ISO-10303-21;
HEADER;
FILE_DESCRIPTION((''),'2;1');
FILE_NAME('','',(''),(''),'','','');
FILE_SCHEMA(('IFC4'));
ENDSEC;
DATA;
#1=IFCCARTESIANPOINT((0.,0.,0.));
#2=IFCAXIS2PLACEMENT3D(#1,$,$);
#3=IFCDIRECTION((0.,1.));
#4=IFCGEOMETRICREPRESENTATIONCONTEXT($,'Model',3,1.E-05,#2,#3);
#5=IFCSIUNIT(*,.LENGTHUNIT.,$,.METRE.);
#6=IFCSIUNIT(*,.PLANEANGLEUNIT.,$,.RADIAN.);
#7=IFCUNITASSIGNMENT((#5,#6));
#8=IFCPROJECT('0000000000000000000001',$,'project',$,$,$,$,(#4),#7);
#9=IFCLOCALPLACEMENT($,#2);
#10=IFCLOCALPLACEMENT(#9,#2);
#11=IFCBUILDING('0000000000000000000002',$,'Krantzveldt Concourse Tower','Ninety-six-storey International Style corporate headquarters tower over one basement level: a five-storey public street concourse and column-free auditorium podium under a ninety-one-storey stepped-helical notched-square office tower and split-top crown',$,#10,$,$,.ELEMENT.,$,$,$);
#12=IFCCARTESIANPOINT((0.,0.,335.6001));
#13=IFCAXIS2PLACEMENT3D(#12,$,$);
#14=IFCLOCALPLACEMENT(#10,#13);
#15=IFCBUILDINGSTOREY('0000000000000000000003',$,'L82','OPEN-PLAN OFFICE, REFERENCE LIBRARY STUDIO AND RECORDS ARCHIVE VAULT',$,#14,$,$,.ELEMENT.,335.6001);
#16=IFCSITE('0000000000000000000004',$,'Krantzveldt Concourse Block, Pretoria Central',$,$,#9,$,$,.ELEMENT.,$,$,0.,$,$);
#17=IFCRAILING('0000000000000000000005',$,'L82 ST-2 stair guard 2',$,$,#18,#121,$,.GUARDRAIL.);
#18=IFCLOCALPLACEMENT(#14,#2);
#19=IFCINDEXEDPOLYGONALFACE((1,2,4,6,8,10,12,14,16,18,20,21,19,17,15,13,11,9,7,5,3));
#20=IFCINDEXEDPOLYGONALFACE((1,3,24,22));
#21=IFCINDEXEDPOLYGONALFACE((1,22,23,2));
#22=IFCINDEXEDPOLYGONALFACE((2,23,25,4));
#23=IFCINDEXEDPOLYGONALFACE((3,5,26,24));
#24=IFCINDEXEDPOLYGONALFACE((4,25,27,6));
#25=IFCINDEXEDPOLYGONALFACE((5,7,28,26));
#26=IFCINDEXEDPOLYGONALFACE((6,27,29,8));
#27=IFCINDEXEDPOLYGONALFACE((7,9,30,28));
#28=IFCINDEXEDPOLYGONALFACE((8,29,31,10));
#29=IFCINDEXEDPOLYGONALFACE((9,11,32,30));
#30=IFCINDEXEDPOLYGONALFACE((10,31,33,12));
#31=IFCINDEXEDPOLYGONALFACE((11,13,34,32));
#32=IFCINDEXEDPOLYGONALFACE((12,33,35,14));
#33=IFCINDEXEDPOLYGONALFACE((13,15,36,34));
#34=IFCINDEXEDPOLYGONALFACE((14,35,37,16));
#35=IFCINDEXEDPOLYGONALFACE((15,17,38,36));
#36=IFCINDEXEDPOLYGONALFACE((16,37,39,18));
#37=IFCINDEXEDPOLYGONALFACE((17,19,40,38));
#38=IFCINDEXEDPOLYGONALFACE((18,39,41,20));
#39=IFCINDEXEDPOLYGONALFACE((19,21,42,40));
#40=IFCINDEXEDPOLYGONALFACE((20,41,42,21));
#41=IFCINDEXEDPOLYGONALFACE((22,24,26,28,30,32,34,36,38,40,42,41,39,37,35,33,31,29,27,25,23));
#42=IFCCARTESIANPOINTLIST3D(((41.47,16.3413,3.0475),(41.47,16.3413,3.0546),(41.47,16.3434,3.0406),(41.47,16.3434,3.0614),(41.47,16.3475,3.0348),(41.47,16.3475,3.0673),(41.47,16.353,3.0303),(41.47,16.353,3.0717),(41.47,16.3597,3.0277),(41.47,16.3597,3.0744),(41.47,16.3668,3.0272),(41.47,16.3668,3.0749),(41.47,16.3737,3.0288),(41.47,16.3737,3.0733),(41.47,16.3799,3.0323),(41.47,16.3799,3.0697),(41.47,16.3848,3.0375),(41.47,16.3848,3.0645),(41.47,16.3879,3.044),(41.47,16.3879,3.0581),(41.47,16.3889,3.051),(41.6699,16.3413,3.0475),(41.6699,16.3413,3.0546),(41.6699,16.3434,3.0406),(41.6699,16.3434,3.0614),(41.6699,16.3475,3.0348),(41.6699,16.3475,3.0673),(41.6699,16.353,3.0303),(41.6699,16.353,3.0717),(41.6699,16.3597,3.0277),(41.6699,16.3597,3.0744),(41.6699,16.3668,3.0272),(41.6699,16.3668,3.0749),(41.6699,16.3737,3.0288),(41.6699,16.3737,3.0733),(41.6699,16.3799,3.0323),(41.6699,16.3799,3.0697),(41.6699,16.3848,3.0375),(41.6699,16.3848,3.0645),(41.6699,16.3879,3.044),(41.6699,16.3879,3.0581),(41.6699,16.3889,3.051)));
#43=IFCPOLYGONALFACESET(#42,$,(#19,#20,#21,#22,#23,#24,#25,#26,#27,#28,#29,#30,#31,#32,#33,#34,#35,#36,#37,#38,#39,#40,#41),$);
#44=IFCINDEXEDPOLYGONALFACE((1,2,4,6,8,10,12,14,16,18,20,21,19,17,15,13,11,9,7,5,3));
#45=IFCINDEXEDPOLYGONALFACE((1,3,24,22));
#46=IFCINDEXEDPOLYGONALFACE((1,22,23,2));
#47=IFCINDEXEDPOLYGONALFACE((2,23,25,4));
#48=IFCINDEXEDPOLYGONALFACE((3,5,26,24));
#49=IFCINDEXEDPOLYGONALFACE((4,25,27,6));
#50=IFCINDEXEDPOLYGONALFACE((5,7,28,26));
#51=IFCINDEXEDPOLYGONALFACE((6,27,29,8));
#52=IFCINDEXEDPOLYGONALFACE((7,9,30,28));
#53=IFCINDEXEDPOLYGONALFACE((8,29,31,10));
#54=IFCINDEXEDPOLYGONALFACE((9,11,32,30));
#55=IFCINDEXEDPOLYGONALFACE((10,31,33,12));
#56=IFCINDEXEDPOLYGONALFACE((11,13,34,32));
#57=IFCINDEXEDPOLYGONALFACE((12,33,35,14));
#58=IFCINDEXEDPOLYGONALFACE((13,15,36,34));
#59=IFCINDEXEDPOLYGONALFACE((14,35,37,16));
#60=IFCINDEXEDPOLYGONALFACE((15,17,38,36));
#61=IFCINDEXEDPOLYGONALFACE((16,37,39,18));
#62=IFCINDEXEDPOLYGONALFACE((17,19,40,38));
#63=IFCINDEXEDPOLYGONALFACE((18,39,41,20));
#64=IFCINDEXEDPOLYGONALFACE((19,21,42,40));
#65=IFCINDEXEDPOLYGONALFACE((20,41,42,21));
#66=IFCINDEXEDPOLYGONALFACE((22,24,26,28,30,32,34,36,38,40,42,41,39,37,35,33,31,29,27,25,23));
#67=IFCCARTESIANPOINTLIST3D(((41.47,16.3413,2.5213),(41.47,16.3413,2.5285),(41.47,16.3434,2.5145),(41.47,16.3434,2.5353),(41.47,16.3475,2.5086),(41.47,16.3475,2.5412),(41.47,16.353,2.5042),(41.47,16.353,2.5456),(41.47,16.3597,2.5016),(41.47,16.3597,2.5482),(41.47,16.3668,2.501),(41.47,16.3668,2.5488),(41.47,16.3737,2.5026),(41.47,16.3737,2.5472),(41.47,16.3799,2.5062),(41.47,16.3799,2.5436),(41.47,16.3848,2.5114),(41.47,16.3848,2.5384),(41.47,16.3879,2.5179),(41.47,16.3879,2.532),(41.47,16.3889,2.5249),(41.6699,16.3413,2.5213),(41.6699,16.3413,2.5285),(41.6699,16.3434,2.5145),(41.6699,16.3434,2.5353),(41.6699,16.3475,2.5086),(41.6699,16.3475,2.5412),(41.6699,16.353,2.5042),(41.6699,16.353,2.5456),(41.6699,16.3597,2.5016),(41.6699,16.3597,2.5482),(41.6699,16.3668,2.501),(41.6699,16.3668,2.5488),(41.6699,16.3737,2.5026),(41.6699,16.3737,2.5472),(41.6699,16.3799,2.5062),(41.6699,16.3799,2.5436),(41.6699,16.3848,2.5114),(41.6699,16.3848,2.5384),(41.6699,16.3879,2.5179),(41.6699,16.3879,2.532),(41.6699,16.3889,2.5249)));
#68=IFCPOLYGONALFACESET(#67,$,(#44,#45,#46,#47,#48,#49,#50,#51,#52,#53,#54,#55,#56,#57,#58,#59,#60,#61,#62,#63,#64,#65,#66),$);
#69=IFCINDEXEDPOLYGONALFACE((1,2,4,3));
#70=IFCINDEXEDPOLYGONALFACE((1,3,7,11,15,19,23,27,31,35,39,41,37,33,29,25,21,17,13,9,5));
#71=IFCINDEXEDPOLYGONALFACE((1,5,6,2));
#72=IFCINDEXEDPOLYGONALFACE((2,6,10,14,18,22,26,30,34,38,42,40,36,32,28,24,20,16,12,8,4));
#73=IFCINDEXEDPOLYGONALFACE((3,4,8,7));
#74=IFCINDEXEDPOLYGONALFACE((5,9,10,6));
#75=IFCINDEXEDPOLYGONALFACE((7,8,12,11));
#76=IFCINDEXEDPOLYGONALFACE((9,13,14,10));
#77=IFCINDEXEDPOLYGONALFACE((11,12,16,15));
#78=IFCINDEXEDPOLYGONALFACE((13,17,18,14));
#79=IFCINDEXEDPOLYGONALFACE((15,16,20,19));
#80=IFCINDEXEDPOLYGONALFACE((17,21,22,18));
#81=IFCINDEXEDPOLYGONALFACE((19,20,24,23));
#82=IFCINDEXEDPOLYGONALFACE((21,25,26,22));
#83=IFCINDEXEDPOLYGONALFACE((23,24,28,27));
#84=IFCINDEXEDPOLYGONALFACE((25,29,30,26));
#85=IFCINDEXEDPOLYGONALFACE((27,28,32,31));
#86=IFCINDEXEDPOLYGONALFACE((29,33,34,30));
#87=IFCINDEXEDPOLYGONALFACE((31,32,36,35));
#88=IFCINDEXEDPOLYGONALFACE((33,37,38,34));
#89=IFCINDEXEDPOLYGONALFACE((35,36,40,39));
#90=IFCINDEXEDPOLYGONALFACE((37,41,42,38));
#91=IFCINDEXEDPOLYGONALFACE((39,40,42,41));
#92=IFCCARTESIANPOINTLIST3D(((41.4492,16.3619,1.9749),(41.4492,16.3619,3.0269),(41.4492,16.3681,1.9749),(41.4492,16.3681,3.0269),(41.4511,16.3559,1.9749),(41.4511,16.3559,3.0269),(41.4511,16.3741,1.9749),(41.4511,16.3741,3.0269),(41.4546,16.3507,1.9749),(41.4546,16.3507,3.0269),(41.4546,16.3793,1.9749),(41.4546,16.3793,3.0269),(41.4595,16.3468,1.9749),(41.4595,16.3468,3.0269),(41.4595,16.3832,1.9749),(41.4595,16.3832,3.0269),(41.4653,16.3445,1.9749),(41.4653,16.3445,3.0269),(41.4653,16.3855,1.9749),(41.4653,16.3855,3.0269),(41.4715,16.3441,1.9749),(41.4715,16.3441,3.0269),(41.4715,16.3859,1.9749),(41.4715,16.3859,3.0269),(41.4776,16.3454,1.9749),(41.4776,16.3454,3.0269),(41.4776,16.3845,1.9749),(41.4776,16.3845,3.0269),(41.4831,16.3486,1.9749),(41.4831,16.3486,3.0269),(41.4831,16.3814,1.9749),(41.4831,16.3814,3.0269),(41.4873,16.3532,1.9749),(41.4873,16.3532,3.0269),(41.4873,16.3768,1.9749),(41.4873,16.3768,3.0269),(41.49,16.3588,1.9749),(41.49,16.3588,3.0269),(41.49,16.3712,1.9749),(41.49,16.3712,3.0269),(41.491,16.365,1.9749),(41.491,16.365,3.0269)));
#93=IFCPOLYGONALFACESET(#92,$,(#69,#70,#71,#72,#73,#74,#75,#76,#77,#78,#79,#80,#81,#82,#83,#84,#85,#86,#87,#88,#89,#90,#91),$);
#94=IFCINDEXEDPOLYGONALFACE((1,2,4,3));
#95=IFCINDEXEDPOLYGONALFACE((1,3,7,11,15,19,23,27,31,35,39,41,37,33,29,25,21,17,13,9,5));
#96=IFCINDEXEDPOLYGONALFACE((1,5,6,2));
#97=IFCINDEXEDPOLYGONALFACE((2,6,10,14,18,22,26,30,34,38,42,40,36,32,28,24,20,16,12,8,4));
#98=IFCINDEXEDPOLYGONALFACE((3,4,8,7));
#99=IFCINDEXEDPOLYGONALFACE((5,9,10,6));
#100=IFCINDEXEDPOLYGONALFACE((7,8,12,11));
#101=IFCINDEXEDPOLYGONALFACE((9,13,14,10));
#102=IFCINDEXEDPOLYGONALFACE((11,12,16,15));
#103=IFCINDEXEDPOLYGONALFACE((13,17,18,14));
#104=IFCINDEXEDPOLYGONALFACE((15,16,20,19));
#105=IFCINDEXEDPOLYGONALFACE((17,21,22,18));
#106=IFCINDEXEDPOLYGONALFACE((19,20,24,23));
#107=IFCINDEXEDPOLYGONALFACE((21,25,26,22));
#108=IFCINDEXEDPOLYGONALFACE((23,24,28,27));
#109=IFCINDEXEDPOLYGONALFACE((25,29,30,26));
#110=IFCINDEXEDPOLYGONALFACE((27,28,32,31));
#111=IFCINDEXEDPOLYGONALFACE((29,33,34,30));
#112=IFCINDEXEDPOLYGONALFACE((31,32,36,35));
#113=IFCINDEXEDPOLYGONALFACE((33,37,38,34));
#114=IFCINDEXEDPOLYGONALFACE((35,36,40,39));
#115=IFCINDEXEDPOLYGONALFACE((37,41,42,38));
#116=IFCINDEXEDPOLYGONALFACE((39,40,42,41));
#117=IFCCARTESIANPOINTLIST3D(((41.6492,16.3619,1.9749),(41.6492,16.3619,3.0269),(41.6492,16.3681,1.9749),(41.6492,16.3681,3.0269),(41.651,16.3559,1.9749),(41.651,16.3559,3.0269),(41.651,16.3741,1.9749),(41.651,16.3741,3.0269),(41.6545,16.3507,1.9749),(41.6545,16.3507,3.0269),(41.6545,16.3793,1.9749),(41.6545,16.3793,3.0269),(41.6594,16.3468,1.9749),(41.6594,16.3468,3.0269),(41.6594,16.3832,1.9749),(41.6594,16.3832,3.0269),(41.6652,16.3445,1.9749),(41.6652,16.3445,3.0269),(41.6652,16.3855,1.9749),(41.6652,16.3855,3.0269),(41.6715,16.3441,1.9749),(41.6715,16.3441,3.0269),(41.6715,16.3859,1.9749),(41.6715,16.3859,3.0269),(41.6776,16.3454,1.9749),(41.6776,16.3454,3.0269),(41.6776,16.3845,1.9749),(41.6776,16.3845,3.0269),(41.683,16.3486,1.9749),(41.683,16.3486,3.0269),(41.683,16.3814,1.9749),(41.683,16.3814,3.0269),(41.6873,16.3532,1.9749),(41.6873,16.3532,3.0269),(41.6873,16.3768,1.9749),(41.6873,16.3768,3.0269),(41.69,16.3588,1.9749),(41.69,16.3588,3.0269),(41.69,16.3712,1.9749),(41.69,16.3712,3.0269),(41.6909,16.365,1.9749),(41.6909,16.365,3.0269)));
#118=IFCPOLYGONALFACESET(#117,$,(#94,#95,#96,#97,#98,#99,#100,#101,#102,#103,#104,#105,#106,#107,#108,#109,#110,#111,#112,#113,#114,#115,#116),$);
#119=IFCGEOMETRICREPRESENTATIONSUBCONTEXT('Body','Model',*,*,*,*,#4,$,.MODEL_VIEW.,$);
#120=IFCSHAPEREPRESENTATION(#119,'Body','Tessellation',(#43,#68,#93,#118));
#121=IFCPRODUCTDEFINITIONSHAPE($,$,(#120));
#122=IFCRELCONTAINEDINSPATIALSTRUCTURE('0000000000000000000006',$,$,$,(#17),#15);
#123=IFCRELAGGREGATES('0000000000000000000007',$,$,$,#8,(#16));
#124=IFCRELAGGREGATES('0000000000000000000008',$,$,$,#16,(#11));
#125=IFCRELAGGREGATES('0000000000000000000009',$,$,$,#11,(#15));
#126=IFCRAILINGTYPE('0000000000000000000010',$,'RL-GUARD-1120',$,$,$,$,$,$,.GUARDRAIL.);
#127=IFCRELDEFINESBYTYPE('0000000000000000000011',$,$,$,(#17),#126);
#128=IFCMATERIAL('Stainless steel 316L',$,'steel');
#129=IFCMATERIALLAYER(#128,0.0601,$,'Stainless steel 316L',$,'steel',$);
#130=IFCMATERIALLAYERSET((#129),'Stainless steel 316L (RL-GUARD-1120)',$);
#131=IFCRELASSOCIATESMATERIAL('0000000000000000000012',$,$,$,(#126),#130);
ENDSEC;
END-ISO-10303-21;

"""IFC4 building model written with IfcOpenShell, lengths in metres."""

from ifc_helpers import new_model, si_unit, direction, frame, origin, origin_2d, place, context, subcontext, project, spatial, circle, extrude, material, layer, layer_set, type_object, element, save


model = new_model("IFC4")

# Units and contexts
model_context = context("Model", 3, precision=1e-05, world=origin(), true_north=direction((0.0, 1.0)))
body_context = subcontext(model_context, "Body", "Model", "MODEL_VIEW")
ifc_project = project(units=[si_unit("LENGTHUNIT", "METRE"), si_unit("PLANEANGLEUNIT", "RADIAN")], contexts=[model_context])

# Site, building, storey
site_placement = place(None, origin())
site = spatial("IfcSite", under=ifc_project, at=site_placement, Name="Krantzveldt Concourse Block, Pretoria Central", CompositionType="ELEMENT", RefElevation=0.0)
building_placement = place(site_placement, origin())
building = spatial("IfcBuilding", under=site, at=building_placement, Name="Krantzveldt Concourse Tower", Description="Ninety-six-storey International Style corporate headquarters tower over one basement level: a five-storey public street concourse and column-free auditorium podium under a ninety-one-storey stepped-helical notched-square office tower and split-top crown", CompositionType="ELEMENT")
storey_placement = place(building_placement, frame((0.0, 0.0, 335.6001)))
storey = spatial("IfcBuildingStorey", under=building, at=storey_placement, Name="L82", Description="OPEN-PLAN OFFICE, REFERENCE LIBRARY STUDIO AND RECORDS ARCHIVE VAULT", CompositionType="ELEMENT", Elevation=335.6001)

# Shared definitions
ifc_material_1 = material(Name="Stainless steel 316L", Category="steel")

# Railing
ifc_layer_1 = layer(ifc_material_1, 0.0601, Name="Stainless steel 316L", Category="steel")
ifc_layer_set_1 = layer_set([ifc_layer_1], Name="Stainless steel 316L (RL-GUARD-1120)")
railing_type_1 = type_object("IfcRailingType", Name="RL-GUARD-1120", PredefinedType="GUARDRAIL", material=ifc_layer_set_1)
railing_1_placement = place(storey_placement, frame((41.47, 16.365, 1.9749)))
element("IfcRailing", 1, at=railing_1_placement, inside=storey, type_object=railing_type_1, Name="L82 ST-2 stair guard 2", PredefinedType="GUARDRAIL", context=body_context, shape_type="SweptSolid", body=[
    extrude(circle(Radius=0.0239, at=origin_2d()), frame((0.0, 0.0, 1.0762), z_axis=(1.0, 0.0, 0.0), x_axis=(0.0, 1.0, 0.0)), (0.0, 0.0, 1.0), 0.2),
    extrude(circle(Radius=0.0239, at=origin_2d()), frame((0.0, 0.0, 0.55), z_axis=(1.0, 0.0, 0.0), x_axis=(0.0, 1.0, 0.0)), (0.0, 0.0, 1.0), 0.2),
    extrude(circle(Radius=0.021, at=origin_2d()), origin(), (0.0, 0.0, 1.0), 1.052),
    extrude(circle(Radius=0.021, at=origin_2d()), frame((0.2, 0.0, 0.0)), (0.0, 0.0, 1.0), 1.052),
])

save(model, "model.ifc")
